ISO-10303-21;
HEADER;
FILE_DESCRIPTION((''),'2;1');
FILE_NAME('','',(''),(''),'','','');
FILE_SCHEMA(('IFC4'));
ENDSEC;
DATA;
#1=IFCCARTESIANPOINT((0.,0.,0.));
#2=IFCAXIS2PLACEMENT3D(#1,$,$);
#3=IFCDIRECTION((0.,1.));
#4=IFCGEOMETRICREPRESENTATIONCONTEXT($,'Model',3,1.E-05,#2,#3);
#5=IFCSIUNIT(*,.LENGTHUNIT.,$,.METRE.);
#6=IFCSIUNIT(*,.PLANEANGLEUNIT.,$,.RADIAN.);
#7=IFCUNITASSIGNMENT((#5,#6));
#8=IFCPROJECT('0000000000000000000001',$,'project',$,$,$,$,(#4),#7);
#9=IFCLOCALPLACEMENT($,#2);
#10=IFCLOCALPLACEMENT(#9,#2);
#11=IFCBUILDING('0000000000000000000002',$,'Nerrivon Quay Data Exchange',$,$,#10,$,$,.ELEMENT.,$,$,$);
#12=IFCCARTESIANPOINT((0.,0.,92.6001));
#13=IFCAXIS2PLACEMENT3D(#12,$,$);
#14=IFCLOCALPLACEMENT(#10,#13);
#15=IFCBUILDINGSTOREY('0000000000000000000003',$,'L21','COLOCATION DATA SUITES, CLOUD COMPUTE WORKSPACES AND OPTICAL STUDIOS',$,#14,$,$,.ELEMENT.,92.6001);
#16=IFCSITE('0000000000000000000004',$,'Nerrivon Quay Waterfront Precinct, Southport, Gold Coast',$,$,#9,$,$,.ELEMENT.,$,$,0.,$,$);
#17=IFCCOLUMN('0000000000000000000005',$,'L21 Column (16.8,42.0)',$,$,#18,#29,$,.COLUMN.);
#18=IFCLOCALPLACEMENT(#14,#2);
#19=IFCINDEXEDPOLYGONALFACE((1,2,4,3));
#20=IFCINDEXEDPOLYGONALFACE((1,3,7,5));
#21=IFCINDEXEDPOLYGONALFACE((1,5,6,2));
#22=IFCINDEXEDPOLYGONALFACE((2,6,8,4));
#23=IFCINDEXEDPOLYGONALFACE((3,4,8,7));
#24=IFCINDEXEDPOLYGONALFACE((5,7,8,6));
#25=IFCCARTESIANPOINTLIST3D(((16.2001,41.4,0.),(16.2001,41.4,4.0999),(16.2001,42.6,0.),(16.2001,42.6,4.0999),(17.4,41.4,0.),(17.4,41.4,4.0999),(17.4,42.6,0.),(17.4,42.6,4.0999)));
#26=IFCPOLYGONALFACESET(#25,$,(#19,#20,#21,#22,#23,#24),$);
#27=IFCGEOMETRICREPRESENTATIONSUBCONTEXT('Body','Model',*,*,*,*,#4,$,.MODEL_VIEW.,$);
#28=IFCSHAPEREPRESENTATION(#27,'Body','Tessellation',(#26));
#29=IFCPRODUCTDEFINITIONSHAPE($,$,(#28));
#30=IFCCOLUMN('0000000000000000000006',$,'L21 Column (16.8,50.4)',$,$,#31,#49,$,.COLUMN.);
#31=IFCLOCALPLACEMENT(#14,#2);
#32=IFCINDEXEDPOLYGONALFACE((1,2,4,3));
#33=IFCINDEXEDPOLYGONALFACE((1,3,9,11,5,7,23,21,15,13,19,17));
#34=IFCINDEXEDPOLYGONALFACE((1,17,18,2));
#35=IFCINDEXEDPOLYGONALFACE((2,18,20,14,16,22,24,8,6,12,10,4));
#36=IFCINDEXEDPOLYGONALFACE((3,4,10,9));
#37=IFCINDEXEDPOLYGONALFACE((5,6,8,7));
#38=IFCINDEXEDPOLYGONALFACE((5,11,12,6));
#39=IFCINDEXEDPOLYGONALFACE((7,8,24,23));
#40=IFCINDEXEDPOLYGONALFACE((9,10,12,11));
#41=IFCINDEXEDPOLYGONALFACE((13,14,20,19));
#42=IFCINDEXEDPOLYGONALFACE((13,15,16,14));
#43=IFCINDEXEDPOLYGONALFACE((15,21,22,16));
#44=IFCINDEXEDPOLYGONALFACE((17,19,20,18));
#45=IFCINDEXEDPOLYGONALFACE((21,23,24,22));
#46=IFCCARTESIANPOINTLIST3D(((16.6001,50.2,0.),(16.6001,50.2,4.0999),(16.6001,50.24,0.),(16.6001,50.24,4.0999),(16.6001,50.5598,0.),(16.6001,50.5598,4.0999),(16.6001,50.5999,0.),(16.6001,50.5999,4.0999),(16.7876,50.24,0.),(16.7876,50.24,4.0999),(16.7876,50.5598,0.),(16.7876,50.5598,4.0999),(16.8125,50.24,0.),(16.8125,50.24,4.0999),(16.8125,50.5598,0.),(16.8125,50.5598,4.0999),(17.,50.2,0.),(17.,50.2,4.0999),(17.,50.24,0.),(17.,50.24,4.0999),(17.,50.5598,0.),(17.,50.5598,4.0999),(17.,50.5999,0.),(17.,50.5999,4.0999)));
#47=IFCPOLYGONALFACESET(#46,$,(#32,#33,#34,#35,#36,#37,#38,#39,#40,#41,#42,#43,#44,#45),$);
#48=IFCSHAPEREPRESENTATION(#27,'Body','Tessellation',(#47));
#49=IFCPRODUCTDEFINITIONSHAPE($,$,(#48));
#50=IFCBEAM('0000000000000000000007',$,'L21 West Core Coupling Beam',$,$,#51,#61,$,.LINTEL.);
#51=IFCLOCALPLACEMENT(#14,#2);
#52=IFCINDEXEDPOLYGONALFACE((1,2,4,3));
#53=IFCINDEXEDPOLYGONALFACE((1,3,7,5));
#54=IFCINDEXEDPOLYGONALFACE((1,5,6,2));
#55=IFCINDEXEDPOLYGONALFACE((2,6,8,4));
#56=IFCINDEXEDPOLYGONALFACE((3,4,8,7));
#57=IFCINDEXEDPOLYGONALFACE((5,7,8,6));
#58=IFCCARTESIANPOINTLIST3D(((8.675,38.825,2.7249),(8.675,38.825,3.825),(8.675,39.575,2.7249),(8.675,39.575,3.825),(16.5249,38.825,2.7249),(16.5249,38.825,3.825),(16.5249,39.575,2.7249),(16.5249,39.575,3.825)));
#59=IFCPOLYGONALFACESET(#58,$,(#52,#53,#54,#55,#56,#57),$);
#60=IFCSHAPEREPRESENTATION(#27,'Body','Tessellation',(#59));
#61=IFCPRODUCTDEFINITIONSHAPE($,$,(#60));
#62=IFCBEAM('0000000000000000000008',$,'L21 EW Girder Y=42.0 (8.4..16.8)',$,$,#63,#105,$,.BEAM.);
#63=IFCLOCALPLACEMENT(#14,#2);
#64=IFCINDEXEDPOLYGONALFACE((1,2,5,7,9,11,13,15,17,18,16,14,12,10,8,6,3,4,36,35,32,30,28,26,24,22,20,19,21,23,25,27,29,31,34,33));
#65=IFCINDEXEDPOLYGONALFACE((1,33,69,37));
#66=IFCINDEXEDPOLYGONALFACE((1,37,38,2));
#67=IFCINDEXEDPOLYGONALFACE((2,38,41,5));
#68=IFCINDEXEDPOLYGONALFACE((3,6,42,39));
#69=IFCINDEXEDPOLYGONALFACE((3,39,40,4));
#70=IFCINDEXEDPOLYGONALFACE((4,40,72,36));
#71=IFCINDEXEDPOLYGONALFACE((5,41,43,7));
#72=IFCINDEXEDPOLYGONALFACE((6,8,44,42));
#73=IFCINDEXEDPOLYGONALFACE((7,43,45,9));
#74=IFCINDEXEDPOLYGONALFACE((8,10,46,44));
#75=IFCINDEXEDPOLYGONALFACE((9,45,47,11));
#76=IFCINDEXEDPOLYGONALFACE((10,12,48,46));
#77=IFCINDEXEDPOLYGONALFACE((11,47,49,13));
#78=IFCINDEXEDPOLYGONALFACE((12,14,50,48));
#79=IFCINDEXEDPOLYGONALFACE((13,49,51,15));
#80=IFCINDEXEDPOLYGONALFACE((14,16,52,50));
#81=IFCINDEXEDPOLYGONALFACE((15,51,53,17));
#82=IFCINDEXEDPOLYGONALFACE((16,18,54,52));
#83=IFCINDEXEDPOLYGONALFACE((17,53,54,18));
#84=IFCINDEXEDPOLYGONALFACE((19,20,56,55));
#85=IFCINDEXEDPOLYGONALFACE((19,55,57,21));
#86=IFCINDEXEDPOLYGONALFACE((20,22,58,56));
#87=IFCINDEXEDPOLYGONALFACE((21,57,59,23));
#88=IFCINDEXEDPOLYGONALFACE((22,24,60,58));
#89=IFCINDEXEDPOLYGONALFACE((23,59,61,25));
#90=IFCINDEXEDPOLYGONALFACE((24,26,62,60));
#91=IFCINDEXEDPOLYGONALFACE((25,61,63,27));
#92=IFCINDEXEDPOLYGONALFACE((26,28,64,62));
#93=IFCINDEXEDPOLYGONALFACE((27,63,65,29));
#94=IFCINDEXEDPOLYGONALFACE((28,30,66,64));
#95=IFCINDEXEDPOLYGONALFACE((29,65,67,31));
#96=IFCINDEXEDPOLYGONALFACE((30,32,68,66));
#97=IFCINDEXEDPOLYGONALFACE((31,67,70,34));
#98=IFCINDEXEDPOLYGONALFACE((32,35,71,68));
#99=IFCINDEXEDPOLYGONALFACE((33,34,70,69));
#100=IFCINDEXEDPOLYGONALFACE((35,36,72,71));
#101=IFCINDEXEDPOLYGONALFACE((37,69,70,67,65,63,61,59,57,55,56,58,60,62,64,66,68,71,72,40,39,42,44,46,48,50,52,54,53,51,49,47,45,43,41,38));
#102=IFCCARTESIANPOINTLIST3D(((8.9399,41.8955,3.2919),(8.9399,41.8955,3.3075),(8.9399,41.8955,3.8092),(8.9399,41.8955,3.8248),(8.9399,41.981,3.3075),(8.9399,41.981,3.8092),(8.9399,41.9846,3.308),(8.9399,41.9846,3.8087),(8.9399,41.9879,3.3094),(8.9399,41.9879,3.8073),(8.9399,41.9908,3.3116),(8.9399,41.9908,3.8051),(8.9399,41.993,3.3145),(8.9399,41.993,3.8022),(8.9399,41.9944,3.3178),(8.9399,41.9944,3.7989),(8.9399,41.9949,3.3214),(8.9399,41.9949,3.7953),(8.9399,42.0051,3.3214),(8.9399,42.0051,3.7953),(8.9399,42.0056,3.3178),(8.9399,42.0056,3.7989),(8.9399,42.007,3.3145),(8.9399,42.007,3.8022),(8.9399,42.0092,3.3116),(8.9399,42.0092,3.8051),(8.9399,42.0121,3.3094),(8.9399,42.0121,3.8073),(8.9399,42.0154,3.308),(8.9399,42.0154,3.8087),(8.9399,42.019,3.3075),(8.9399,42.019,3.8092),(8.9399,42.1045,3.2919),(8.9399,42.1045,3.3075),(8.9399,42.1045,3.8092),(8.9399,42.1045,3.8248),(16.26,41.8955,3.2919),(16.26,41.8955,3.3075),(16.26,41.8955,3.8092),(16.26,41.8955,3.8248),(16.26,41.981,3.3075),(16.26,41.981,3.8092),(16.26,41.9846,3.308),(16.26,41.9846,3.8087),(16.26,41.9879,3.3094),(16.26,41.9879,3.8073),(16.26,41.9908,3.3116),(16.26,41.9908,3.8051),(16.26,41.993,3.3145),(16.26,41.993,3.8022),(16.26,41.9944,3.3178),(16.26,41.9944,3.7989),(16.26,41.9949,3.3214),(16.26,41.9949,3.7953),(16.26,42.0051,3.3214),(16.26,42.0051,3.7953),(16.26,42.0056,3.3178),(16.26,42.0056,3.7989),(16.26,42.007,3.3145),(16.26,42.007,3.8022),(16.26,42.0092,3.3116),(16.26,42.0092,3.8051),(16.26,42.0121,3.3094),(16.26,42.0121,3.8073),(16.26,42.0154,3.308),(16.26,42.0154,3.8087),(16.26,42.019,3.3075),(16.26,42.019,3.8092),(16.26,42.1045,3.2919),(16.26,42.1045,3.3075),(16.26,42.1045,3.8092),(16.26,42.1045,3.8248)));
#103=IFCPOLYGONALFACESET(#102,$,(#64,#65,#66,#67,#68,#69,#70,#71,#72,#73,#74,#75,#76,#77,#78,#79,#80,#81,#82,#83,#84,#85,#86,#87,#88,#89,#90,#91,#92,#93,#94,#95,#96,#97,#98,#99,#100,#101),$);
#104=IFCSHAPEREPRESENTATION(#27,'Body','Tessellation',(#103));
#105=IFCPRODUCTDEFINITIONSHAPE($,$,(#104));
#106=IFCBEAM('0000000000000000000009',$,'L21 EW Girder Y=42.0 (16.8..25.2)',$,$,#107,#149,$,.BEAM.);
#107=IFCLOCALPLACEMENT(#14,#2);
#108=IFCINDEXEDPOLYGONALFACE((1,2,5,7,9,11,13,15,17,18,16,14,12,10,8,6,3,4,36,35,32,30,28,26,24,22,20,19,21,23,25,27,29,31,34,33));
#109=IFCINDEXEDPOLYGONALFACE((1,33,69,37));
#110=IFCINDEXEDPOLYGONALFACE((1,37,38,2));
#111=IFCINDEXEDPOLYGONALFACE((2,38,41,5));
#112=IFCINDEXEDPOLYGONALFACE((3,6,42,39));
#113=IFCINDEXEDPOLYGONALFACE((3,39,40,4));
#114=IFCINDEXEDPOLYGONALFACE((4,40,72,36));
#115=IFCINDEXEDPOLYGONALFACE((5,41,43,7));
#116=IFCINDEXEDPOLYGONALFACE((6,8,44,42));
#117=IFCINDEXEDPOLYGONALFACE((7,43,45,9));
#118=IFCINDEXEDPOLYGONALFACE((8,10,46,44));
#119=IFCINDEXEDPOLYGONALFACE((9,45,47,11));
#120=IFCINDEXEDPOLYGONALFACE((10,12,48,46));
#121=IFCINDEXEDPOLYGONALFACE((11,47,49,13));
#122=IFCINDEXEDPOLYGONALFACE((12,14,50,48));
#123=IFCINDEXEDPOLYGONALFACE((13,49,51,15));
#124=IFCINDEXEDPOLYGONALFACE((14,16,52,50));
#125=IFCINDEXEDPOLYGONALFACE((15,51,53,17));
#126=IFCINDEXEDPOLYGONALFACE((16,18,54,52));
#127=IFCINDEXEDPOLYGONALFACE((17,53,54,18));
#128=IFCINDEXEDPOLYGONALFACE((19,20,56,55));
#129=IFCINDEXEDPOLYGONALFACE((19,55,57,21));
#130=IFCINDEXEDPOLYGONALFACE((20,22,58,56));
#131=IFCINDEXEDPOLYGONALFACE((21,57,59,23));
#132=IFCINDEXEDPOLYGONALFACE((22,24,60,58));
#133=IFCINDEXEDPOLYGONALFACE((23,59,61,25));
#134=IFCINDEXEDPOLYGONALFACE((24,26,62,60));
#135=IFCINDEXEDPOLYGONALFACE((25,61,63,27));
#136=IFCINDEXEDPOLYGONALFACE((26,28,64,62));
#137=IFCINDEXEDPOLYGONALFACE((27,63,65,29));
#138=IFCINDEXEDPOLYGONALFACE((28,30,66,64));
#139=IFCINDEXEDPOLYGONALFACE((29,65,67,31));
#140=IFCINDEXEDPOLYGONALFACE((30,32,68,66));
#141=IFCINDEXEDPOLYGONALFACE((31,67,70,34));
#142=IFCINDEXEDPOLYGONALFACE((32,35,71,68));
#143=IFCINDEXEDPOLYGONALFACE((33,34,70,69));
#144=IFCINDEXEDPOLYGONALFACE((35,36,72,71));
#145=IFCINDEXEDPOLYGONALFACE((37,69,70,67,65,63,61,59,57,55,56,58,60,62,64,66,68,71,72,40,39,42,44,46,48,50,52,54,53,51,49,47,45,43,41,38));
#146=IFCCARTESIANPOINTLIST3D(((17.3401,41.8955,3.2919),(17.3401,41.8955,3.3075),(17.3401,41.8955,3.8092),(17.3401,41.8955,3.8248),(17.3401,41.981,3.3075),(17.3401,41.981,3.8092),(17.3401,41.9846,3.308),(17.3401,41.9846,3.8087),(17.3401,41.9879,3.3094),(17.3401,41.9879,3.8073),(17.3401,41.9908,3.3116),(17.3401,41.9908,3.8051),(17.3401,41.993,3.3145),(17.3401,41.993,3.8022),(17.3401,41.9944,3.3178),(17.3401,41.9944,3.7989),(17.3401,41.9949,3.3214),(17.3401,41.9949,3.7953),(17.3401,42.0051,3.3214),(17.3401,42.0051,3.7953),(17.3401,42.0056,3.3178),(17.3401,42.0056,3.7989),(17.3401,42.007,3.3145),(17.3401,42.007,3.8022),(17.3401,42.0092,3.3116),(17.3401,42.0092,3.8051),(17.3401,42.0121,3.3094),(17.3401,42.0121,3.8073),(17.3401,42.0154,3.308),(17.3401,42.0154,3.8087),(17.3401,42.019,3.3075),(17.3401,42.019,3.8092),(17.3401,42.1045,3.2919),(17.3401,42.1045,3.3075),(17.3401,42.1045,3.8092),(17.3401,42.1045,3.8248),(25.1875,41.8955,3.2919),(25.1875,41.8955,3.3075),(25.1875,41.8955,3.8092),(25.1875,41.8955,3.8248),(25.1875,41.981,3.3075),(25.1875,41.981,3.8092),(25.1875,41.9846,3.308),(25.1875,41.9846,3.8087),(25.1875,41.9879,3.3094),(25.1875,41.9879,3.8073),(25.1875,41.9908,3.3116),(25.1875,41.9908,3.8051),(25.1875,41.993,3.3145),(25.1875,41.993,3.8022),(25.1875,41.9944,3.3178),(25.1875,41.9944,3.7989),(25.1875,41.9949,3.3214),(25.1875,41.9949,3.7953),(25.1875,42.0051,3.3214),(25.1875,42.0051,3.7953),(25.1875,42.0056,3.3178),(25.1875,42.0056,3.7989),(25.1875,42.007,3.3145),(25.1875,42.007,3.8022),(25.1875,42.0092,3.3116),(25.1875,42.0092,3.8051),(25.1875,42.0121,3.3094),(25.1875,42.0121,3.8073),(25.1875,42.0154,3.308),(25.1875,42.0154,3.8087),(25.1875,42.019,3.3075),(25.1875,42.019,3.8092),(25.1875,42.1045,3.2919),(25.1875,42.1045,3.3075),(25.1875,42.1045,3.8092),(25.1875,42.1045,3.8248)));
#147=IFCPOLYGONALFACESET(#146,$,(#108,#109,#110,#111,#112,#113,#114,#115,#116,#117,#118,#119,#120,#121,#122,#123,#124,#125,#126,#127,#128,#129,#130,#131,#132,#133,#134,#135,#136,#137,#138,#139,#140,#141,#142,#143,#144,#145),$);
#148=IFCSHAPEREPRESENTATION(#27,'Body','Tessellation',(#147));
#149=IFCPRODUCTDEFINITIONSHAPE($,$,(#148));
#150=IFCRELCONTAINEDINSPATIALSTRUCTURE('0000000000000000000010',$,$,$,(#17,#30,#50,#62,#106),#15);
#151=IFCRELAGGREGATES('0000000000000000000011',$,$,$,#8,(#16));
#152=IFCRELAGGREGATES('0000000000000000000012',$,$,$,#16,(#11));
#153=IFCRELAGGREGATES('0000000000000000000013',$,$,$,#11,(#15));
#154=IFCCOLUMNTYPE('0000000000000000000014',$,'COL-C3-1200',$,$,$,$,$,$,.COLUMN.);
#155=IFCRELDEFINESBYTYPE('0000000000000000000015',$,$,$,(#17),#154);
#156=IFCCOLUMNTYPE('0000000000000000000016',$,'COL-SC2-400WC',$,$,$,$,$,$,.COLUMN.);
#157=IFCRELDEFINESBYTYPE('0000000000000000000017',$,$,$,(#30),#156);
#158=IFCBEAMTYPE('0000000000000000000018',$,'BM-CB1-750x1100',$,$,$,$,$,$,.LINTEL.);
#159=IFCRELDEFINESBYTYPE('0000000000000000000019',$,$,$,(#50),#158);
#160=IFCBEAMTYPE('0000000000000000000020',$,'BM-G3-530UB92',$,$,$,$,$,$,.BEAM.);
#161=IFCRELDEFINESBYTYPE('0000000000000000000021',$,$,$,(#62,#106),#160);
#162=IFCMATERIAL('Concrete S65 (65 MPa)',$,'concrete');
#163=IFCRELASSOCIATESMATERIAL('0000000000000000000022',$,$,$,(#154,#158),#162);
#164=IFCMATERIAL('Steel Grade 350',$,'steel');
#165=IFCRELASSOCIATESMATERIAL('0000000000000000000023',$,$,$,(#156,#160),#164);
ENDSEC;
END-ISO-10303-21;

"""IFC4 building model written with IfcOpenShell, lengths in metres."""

from ifc_helpers import new_model, si_unit, direction, frame, origin, origin_2d, place, context, subcontext, project, spatial, rectangle, i_section, extrude, material, material_profile, profile_set, type_object, element, save


model = new_model("IFC4")

# Units and contexts
model_context = context("Model", 3, precision=1e-05, world=origin(), true_north=direction((0.0, 1.0)))
body_context = subcontext(model_context, "Body", "Model", "MODEL_VIEW")
ifc_project = project(units=[si_unit("LENGTHUNIT", "METRE"), si_unit("PLANEANGLEUNIT", "RADIAN")], contexts=[model_context])

# Site, building, storey
site_placement = place(None, origin())
site = spatial("IfcSite", under=ifc_project, at=site_placement, Name="Nerrivon Quay Waterfront Precinct, Southport, Gold Coast", CompositionType="ELEMENT", RefElevation=0.0)
building_placement = place(site_placement, origin())
building = spatial("IfcBuilding", under=site, at=building_placement, Name="Nerrivon Quay Data Exchange", CompositionType="ELEMENT")
storey_placement = place(building_placement, frame((0.0, 0.0, 92.6001)))
storey = spatial("IfcBuildingStorey", under=building, at=storey_placement, Name="L21", Description="COLOCATION DATA SUITES, CLOUD COMPUTE WORKSPACES AND OPTICAL STUDIOS", CompositionType="ELEMENT", Elevation=92.6001)

# Columns
ifc_material_1 = material(Name="Concrete S65 (65 MPa)", Category="concrete")
ifc_material_profile_1 = material_profile(ifc_material_1, rectangle(XDim=1.2, YDim=1.2, at=origin_2d()), Name="RC-COL-1200x1200")
ifc_profile_set_1 = profile_set([ifc_material_profile_1], Name="Concrete S65 (65 MPa)")
column_type_1 = type_object("IfcColumnType", Name="COL-C3-1200", PredefinedType="COLUMN", material=ifc_profile_set_1)
column_1_placement = place(storey_placement, frame((16.8, 42.0, 0.0), z_axis=(0.0, 0.0, 1.0), x_axis=(1.0, 0.0, 0.0)))
element("IfcColumn", 1, at=column_1_placement, inside=storey, type_object=column_type_1, Name="L21 Column (16.8,42.0)", PredefinedType="COLUMN", context=body_context, shape_type="SweptSolid", body=[
    extrude(rectangle(XDim=1.2, YDim=1.2, at=origin_2d()), origin(), (0.0, 0.0, 1.0), 4.0999),
])
ifc_material_2 = material(Name="Steel Grade 350", Category="steel")
ifc_material_profile_2 = material_profile(ifc_material_2, i_section(OverallWidth=0.3999, OverallDepth=0.3999, WebThickness=0.0249, FlangeThickness=0.04, at=origin_2d()), Name="400WC328")
ifc_profile_set_2 = profile_set([ifc_material_profile_2], Name="Steel Grade 350")
column_type_2 = type_object("IfcColumnType", Name="COL-SC2-400WC", PredefinedType="COLUMN", material=ifc_profile_set_2)
column_2_placement = place(storey_placement, frame((16.8, 50.3999, 0.0), z_axis=(0.0, 0.0, 1.0), x_axis=(1.0, 0.0, 0.0)))
element("IfcColumn", 2, at=column_2_placement, inside=storey, type_object=column_type_2, Name="L21 Column (16.8,50.4)", PredefinedType="COLUMN", context=body_context, shape_type="SweptSolid", body=[
    extrude(i_section(OverallWidth=0.3999, OverallDepth=0.3999, WebThickness=0.0249, FlangeThickness=0.04, at=origin_2d()), origin(), (0.0, 0.0, 1.0), 4.0999),
])

# Beams
ifc_material_profile_3 = material_profile(ifc_material_1, rectangle(XDim=0.75, YDim=1.1001, at=origin_2d()), Name="RC-CB-750x1100")
ifc_profile_set_3 = profile_set([ifc_material_profile_3], Name="Concrete S65 (65 MPa)")
beam_type_1 = type_object("IfcBeamType", Name="BM-CB1-750x1100", PredefinedType="LINTEL", material=ifc_profile_set_3)
beam_1_placement = place(storey_placement, frame((8.675, 39.2, 3.2749), z_axis=(1.0, 0.0, 0.0), x_axis=(0.0, 1.0, 0.0)))
element("IfcBeam", 3, at=beam_1_placement, inside=storey, type_object=beam_type_1, Name="L21 West Core Coupling Beam", PredefinedType="LINTEL", context=body_context, shape_type="SweptSolid", body=[
    extrude(rectangle(XDim=0.75, YDim=1.1001, at=origin_2d()), origin(), (0.0, 0.0, 1.0), 7.8499),
])
ifc_material_profile_4 = material_profile(ifc_material_2, i_section(OverallWidth=0.209, OverallDepth=0.533, WebThickness=0.0103, FlangeThickness=0.0156, FilletRadius=0.0139, at=origin_2d()), Name="530UB92.4")
ifc_profile_set_4 = profile_set([ifc_material_profile_4], Name="Steel Grade 350")
beam_type_2 = type_object("IfcBeamType", Name="BM-G3-530UB92", PredefinedType="BEAM", material=ifc_profile_set_4)
beam_2_placement = place(storey_placement, frame((8.9399, 42.0, 3.5583), z_axis=(1.0, 0.0, 0.0), x_axis=(0.0, 1.0, 0.0)))
element("IfcBeam", 4, at=beam_2_placement, inside=storey, type_object=beam_type_2, Name="L21 EW Girder Y=42.0 (8.4..16.8)", PredefinedType="BEAM", context=body_context, shape_type="SweptSolid", body=[
    extrude(i_section(OverallWidth=0.209, OverallDepth=0.533, WebThickness=0.0103, FlangeThickness=0.0156, FilletRadius=0.0139, at=origin_2d()), origin(), (0.0, 0.0, 1.0), 7.3201),
])
beam_3_placement = place(storey_placement, frame((17.3401, 42.0, 3.5583), z_axis=(1.0, 0.0, 0.0), x_axis=(0.0, 1.0, 0.0)))
element("IfcBeam", 5, at=beam_3_placement, inside=storey, type_object=beam_type_2, Name="L21 EW Girder Y=42.0 (16.8..25.2)", PredefinedType="BEAM", context=body_context, shape_type="SweptSolid", body=[
    extrude(i_section(OverallWidth=0.209, OverallDepth=0.533, WebThickness=0.0103, FlangeThickness=0.0156, FilletRadius=0.0139, at=origin_2d()), origin(), (0.0, 0.0, 1.0), 7.8474),
])

save(model, "model.ifc")
